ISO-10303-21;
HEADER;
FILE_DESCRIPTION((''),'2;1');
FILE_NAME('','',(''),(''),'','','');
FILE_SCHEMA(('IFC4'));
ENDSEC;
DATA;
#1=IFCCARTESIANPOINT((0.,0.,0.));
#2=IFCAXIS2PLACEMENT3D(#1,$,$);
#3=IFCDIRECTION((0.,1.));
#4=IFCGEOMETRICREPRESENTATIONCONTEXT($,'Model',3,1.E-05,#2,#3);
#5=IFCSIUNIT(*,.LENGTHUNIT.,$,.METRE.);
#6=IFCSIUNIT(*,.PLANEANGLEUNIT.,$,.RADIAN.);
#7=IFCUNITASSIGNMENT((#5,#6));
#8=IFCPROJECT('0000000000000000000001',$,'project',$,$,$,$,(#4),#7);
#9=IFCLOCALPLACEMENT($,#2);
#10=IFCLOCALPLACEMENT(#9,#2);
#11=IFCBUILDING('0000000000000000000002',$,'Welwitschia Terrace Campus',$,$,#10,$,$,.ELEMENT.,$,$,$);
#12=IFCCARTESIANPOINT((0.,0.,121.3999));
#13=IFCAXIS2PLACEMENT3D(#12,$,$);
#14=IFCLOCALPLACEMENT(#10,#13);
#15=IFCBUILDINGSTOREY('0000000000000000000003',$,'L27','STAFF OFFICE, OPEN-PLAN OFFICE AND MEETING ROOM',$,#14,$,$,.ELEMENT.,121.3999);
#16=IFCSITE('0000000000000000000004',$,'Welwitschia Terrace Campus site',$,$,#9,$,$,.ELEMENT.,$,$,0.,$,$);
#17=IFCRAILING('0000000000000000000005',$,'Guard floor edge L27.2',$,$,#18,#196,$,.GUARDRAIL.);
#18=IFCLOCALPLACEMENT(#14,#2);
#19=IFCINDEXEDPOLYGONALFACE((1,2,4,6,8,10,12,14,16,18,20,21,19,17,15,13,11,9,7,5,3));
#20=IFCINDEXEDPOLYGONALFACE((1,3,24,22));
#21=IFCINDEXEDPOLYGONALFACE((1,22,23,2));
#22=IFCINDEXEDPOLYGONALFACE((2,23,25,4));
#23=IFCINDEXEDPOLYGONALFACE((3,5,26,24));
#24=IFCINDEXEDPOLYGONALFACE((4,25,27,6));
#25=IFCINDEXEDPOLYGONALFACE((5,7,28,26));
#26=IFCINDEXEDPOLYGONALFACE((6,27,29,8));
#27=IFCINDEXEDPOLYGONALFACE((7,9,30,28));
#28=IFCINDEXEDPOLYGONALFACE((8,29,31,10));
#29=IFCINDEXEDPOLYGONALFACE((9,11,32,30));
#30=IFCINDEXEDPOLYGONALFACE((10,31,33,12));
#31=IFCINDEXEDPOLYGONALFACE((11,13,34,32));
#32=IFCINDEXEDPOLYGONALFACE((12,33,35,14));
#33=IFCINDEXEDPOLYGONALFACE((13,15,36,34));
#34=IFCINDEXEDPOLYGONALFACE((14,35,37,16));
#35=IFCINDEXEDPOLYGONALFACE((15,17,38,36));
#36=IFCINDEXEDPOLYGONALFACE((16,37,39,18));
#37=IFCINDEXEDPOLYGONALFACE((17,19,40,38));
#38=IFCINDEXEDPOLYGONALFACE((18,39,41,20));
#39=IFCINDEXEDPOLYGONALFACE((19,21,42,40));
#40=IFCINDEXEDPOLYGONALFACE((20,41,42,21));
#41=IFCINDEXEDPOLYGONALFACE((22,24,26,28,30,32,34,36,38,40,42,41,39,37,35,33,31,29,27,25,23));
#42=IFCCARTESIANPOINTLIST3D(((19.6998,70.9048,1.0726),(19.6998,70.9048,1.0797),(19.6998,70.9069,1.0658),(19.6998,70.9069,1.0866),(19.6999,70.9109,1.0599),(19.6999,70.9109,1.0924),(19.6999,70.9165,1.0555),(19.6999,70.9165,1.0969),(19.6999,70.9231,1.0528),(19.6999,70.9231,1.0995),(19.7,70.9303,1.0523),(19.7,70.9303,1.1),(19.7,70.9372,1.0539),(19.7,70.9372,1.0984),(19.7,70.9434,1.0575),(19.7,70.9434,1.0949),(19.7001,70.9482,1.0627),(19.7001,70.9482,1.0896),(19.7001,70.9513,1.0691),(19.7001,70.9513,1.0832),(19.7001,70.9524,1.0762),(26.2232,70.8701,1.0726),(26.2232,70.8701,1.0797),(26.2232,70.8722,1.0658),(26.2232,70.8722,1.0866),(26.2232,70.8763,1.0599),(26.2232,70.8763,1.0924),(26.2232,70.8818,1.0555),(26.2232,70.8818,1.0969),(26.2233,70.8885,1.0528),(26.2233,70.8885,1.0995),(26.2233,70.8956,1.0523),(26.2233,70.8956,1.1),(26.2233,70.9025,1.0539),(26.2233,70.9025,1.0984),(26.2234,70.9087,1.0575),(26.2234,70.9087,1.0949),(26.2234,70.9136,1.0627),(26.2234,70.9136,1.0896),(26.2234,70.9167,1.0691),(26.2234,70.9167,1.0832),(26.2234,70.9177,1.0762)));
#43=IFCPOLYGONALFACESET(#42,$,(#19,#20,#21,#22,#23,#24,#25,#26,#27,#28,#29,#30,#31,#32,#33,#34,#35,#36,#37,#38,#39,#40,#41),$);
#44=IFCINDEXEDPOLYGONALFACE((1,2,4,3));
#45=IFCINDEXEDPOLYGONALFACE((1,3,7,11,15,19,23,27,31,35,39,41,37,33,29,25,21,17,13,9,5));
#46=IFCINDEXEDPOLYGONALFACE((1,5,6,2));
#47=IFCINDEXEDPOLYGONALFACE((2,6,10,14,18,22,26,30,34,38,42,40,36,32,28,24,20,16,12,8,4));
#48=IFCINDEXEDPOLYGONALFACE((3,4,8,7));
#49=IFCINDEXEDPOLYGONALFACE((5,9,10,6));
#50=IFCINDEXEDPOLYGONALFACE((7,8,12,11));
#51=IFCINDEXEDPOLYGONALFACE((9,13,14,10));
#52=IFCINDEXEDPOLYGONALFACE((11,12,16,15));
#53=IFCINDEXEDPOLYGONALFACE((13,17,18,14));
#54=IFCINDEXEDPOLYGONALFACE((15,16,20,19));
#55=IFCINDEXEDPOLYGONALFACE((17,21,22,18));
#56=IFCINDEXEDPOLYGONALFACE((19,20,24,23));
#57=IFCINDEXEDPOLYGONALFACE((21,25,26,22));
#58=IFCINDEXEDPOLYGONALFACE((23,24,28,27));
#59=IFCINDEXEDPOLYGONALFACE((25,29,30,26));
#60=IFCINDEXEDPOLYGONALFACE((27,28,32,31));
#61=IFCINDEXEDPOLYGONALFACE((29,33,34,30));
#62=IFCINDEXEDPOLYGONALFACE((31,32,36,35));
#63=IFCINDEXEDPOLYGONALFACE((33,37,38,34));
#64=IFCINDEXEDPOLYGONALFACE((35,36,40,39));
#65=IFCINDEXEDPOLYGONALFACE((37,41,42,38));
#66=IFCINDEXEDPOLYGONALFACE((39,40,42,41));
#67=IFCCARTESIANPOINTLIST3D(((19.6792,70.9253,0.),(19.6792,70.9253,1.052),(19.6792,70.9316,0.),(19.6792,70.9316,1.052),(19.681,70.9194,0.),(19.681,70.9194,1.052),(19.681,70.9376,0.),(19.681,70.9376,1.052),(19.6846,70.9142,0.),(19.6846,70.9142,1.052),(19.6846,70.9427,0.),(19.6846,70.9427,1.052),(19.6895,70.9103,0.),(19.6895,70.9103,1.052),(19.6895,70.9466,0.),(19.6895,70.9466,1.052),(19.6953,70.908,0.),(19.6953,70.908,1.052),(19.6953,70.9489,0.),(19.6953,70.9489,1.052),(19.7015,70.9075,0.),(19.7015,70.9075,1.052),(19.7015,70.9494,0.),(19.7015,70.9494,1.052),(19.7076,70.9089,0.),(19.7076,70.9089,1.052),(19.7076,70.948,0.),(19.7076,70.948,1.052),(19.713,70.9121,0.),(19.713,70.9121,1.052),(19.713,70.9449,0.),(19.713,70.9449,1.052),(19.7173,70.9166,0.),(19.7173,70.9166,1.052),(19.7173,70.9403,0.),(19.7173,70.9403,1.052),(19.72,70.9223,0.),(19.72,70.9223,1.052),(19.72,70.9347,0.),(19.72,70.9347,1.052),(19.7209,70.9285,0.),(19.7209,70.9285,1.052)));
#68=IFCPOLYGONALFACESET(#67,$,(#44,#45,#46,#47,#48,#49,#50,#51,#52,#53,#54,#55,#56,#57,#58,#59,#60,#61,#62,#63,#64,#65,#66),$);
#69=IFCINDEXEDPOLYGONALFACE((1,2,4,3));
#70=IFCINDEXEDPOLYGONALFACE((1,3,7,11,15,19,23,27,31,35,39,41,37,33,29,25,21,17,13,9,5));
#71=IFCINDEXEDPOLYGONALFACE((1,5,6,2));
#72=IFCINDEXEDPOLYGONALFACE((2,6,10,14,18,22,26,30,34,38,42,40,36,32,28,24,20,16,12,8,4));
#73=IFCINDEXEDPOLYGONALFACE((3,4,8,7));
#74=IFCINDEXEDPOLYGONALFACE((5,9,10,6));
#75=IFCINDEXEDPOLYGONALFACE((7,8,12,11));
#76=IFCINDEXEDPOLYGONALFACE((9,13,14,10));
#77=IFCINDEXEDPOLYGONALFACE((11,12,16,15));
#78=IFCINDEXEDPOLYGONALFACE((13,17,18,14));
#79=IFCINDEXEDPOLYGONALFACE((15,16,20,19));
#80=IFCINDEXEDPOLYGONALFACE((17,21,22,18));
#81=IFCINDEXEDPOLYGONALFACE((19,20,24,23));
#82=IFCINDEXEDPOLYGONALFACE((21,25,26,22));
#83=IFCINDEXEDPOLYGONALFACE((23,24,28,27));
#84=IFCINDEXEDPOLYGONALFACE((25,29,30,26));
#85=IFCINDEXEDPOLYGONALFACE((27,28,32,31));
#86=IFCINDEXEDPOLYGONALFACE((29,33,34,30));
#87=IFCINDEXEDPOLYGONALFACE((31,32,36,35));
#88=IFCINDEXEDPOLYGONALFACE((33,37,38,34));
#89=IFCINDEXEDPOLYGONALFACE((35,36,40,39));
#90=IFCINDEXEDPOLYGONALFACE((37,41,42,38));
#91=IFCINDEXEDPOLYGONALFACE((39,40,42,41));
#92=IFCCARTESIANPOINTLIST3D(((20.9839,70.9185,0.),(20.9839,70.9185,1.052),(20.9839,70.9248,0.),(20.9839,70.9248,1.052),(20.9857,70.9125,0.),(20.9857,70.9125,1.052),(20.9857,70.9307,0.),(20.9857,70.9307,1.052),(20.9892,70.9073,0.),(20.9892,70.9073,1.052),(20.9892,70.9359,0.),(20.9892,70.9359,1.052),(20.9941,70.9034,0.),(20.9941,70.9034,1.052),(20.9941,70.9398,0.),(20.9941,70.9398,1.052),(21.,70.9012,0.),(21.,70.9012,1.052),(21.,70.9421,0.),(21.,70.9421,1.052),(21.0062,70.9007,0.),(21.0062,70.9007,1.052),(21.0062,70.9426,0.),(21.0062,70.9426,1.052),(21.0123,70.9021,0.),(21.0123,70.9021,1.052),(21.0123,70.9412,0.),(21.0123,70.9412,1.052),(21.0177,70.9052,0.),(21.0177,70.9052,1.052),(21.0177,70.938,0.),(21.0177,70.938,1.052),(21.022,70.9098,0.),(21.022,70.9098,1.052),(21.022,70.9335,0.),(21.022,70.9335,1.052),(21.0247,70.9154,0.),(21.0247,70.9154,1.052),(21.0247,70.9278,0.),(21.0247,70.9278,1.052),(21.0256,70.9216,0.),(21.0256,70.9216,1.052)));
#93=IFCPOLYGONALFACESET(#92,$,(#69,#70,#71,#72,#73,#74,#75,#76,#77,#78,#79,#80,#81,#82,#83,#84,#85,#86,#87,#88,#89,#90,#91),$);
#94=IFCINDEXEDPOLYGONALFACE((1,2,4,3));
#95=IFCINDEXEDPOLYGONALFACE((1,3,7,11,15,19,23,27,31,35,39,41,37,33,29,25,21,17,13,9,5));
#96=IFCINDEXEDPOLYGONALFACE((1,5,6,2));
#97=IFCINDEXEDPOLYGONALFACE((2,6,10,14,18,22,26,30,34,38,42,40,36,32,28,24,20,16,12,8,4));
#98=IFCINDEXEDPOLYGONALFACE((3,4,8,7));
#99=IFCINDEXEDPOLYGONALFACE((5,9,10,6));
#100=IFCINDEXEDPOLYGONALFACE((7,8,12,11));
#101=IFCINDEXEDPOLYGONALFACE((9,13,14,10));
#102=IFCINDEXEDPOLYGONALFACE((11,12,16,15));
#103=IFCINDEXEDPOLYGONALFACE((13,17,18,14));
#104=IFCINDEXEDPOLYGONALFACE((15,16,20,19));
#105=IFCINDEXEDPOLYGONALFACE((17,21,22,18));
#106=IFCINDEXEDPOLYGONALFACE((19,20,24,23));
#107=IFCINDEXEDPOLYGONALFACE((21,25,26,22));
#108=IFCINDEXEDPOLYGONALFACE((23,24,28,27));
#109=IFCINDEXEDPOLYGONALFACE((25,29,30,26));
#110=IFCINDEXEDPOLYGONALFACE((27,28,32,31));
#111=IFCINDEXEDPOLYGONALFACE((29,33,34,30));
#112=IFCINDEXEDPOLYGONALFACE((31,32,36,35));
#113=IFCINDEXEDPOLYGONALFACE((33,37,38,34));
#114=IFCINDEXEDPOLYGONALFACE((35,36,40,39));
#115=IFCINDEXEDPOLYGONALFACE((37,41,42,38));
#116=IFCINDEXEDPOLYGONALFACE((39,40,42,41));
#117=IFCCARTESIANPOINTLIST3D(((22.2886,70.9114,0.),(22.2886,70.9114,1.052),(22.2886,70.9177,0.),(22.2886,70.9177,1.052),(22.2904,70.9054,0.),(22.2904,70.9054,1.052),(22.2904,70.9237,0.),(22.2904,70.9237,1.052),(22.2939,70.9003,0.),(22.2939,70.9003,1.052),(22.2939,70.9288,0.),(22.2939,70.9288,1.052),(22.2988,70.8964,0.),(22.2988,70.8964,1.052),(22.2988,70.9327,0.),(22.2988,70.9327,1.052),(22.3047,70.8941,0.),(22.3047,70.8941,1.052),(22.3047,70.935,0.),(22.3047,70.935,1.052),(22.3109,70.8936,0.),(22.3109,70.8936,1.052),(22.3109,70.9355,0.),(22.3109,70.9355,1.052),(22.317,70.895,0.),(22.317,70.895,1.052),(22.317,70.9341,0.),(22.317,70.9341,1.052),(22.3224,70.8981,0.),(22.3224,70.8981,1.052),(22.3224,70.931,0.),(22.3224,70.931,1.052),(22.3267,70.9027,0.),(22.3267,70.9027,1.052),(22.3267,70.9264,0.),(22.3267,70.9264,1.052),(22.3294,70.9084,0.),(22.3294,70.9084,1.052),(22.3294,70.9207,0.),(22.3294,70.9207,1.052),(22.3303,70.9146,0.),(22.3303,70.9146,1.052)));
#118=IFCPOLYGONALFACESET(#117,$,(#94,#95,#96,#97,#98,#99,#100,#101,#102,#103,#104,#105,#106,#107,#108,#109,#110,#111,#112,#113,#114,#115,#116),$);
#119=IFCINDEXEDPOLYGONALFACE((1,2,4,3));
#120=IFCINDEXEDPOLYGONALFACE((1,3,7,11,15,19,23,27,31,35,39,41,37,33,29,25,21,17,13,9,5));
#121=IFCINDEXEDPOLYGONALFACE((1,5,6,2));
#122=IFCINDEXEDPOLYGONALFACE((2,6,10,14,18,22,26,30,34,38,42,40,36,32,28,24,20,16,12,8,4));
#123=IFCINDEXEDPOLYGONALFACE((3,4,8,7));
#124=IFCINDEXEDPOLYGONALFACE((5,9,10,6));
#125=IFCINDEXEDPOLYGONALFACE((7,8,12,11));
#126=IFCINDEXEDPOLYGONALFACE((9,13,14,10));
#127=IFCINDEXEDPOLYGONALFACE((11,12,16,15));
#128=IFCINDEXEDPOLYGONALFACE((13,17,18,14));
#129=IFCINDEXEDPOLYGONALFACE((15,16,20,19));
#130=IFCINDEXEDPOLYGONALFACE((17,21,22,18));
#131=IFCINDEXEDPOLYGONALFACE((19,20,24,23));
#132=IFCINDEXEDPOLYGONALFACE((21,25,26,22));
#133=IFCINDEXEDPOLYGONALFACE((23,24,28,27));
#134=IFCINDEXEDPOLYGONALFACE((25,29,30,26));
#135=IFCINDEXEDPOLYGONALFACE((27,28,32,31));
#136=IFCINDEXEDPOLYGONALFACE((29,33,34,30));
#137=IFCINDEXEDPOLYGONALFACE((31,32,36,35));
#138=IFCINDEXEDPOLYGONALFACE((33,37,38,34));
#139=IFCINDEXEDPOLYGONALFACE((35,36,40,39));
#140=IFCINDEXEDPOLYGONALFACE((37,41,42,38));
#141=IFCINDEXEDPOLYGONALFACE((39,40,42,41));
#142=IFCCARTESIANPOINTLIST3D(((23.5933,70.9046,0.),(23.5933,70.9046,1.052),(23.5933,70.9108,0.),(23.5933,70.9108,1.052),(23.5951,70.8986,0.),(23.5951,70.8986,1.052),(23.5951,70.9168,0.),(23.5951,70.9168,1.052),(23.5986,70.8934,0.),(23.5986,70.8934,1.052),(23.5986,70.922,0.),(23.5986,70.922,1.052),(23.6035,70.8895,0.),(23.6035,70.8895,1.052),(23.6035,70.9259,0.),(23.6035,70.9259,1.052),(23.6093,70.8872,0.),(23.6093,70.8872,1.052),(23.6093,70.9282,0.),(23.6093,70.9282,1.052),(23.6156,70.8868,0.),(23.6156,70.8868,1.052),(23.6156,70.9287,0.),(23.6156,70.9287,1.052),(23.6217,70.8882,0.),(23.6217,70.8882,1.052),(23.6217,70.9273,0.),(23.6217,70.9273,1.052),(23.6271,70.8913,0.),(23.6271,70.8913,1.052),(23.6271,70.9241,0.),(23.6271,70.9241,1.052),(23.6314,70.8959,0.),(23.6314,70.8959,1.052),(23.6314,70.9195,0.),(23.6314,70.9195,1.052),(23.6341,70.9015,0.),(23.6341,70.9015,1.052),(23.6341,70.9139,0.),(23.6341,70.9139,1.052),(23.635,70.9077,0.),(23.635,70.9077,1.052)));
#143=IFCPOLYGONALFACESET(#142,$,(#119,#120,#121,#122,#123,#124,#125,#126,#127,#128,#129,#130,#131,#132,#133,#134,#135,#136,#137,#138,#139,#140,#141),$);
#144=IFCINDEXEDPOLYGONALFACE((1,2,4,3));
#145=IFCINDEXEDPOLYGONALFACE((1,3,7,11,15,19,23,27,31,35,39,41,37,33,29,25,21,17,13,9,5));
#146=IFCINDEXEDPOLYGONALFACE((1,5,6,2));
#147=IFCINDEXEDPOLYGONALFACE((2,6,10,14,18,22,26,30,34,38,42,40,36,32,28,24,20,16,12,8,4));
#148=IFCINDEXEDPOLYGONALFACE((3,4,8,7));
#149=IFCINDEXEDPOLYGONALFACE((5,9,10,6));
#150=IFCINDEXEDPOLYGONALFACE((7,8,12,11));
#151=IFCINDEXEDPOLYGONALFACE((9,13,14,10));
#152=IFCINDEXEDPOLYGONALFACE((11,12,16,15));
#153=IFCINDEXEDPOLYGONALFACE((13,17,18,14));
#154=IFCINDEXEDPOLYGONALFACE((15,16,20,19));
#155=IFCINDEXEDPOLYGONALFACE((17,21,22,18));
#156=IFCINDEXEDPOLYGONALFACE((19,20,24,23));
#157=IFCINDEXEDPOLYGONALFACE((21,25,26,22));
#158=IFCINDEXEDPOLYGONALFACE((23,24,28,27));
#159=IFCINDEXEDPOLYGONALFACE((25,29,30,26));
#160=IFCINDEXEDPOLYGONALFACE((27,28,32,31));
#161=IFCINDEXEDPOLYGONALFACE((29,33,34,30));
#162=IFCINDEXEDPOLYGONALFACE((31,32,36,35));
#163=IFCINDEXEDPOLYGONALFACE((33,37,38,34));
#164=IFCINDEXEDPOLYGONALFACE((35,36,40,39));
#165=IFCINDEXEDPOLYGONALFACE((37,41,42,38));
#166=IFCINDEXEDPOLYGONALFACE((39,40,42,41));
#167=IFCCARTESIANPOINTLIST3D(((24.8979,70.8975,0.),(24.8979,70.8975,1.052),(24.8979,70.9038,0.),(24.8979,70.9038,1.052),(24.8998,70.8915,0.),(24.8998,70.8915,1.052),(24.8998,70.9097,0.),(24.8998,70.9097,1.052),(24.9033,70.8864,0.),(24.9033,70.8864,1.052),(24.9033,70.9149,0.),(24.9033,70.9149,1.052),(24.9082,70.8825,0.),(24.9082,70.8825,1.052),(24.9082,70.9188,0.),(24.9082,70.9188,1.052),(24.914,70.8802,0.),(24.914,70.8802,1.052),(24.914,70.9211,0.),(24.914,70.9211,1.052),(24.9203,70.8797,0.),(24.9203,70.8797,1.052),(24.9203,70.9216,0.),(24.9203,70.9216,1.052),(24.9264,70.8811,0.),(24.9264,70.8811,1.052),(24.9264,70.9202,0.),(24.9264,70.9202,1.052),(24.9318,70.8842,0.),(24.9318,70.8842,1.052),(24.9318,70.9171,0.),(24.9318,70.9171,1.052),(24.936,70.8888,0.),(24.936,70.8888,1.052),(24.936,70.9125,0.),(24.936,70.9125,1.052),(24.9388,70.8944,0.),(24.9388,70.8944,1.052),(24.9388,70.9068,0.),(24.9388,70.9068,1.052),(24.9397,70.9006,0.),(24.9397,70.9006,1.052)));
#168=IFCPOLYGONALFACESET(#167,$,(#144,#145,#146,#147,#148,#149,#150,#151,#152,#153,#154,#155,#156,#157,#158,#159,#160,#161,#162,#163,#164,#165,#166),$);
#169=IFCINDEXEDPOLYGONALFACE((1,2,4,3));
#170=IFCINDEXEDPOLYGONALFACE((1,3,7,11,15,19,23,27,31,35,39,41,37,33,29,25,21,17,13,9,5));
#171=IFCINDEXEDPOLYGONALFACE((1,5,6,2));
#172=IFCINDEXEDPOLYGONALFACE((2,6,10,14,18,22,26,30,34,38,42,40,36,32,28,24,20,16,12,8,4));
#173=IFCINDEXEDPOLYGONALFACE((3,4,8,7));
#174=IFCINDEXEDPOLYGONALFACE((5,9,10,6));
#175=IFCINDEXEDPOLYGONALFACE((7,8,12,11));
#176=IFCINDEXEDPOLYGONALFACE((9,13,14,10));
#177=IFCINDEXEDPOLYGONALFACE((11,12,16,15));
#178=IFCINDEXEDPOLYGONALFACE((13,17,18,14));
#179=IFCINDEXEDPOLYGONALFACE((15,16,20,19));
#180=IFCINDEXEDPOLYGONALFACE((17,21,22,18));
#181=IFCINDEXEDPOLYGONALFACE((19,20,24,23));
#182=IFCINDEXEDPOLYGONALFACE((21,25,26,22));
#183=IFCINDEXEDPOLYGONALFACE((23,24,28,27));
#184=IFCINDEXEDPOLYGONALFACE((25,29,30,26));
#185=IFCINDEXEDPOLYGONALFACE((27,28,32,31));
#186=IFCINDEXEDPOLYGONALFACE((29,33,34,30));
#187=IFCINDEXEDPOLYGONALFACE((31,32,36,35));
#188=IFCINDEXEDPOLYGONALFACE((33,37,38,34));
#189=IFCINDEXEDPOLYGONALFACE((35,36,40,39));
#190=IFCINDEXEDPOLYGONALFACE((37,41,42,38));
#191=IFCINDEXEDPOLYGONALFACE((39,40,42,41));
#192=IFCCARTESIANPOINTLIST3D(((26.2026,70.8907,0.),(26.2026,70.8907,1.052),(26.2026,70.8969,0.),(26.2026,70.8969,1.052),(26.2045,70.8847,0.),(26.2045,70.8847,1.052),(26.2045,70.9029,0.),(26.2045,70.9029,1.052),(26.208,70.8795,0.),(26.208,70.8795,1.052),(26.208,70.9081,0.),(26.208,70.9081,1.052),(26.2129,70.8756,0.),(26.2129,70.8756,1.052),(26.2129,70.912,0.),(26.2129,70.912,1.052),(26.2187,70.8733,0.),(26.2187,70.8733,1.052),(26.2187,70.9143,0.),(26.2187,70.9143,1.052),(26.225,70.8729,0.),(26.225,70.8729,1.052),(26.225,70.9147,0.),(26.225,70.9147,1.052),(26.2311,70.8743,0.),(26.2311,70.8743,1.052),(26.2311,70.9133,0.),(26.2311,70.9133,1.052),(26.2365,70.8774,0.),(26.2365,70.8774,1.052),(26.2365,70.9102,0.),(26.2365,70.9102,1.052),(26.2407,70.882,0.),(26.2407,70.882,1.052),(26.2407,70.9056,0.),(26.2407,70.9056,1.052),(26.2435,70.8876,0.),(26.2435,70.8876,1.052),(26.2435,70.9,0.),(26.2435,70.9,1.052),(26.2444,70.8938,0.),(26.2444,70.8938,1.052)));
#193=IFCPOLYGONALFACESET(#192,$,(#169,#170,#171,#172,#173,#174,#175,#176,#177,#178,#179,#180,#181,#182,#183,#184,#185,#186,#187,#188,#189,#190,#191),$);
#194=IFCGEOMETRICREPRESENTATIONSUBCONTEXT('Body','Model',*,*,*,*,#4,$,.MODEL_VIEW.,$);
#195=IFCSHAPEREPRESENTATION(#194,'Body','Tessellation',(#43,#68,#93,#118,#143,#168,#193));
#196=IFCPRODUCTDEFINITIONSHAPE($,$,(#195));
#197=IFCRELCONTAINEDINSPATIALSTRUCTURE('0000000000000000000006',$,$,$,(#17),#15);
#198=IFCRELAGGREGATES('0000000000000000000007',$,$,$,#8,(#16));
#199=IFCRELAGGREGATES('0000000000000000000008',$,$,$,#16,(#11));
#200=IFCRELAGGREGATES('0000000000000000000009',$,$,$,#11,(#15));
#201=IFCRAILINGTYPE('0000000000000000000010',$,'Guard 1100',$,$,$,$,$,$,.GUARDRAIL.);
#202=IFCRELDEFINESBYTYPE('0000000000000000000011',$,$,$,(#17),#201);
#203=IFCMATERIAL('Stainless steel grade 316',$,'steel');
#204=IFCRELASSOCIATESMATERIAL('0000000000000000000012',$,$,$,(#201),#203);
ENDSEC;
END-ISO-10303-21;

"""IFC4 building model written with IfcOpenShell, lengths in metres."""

from ifc_helpers import new_model, si_unit, direction, frame, origin, origin_2d, place, context, subcontext, project, spatial, circle, extrude, material, type_object, element, save


model = new_model("IFC4")

# Units and contexts
model_context = context("Model", 3, precision=1e-05, world=origin(), true_north=direction((0.0, 1.0)))
body_context = subcontext(model_context, "Body", "Model", "MODEL_VIEW")
ifc_project = project(units=[si_unit("LENGTHUNIT", "METRE"), si_unit("PLANEANGLEUNIT", "RADIAN")], contexts=[model_context])

# Site, building, storey
site_placement = place(None, origin())
site = spatial("IfcSite", under=ifc_project, at=site_placement, Name="Welwitschia Terrace Campus site", CompositionType="ELEMENT", RefElevation=0.0)
building_placement = place(site_placement, origin())
building = spatial("IfcBuilding", under=site, at=building_placement, Name="Welwitschia Terrace Campus", CompositionType="ELEMENT")
storey_placement = place(building_placement, frame((0.0, 0.0, 121.3999)))
storey = spatial("IfcBuildingStorey", under=building, at=storey_placement, Name="L27", Description="STAFF OFFICE, OPEN-PLAN OFFICE AND MEETING ROOM", CompositionType="ELEMENT", Elevation=121.3999)

# Railing
ifc_material_1 = material(Name="Stainless steel grade 316", Category="steel")
railing_type = type_object("IfcRailingType", Name="Guard 1100", PredefinedType="GUARDRAIL", material=ifc_material_1)
railing_placement = place(storey_placement, frame((19.7, 70.9285, 0.0)))
element("IfcRailing", 1, at=railing_placement, inside=storey, type_object=railing_type, Name="Guard floor edge L27.2", PredefinedType="GUARDRAIL", context=body_context, shape_type="SweptSolid", body=[
    extrude(circle(Radius=0.0239, at=origin_2d()), frame((0.0, 0.0, 1.0762), z_axis=(0.999986, -0.005314, 0.0), x_axis=(0.005314, 0.999986, 0.0)), (0.0, 0.0, 1.0), 6.5234),
    extrude(circle(Radius=0.021, at=origin_2d()), origin(), (0.0, 0.0, 1.0), 1.052),
    extrude(circle(Radius=0.021, at=origin_2d()), frame((1.3047, -0.0068, 0.0)), (0.0, 0.0, 1.0), 1.052),
    extrude(circle(Radius=0.021, at=origin_2d()), frame((2.6094, -0.0139, 0.0)), (0.0, 0.0, 1.0), 1.052),
    extrude(circle(Radius=0.021, at=origin_2d()), frame((3.9141, -0.0208, 0.0)), (0.0, 0.0, 1.0), 1.052),
    extrude(circle(Radius=0.021, at=origin_2d()), frame((5.2188, -0.0278, 0.0)), (0.0, 0.0, 1.0), 1.052),
    extrude(circle(Radius=0.021, at=origin_2d()), frame((6.5234, -0.0347, 0.0)), (0.0, 0.0, 1.0), 1.052),
])

save(model, "model.ifc")
